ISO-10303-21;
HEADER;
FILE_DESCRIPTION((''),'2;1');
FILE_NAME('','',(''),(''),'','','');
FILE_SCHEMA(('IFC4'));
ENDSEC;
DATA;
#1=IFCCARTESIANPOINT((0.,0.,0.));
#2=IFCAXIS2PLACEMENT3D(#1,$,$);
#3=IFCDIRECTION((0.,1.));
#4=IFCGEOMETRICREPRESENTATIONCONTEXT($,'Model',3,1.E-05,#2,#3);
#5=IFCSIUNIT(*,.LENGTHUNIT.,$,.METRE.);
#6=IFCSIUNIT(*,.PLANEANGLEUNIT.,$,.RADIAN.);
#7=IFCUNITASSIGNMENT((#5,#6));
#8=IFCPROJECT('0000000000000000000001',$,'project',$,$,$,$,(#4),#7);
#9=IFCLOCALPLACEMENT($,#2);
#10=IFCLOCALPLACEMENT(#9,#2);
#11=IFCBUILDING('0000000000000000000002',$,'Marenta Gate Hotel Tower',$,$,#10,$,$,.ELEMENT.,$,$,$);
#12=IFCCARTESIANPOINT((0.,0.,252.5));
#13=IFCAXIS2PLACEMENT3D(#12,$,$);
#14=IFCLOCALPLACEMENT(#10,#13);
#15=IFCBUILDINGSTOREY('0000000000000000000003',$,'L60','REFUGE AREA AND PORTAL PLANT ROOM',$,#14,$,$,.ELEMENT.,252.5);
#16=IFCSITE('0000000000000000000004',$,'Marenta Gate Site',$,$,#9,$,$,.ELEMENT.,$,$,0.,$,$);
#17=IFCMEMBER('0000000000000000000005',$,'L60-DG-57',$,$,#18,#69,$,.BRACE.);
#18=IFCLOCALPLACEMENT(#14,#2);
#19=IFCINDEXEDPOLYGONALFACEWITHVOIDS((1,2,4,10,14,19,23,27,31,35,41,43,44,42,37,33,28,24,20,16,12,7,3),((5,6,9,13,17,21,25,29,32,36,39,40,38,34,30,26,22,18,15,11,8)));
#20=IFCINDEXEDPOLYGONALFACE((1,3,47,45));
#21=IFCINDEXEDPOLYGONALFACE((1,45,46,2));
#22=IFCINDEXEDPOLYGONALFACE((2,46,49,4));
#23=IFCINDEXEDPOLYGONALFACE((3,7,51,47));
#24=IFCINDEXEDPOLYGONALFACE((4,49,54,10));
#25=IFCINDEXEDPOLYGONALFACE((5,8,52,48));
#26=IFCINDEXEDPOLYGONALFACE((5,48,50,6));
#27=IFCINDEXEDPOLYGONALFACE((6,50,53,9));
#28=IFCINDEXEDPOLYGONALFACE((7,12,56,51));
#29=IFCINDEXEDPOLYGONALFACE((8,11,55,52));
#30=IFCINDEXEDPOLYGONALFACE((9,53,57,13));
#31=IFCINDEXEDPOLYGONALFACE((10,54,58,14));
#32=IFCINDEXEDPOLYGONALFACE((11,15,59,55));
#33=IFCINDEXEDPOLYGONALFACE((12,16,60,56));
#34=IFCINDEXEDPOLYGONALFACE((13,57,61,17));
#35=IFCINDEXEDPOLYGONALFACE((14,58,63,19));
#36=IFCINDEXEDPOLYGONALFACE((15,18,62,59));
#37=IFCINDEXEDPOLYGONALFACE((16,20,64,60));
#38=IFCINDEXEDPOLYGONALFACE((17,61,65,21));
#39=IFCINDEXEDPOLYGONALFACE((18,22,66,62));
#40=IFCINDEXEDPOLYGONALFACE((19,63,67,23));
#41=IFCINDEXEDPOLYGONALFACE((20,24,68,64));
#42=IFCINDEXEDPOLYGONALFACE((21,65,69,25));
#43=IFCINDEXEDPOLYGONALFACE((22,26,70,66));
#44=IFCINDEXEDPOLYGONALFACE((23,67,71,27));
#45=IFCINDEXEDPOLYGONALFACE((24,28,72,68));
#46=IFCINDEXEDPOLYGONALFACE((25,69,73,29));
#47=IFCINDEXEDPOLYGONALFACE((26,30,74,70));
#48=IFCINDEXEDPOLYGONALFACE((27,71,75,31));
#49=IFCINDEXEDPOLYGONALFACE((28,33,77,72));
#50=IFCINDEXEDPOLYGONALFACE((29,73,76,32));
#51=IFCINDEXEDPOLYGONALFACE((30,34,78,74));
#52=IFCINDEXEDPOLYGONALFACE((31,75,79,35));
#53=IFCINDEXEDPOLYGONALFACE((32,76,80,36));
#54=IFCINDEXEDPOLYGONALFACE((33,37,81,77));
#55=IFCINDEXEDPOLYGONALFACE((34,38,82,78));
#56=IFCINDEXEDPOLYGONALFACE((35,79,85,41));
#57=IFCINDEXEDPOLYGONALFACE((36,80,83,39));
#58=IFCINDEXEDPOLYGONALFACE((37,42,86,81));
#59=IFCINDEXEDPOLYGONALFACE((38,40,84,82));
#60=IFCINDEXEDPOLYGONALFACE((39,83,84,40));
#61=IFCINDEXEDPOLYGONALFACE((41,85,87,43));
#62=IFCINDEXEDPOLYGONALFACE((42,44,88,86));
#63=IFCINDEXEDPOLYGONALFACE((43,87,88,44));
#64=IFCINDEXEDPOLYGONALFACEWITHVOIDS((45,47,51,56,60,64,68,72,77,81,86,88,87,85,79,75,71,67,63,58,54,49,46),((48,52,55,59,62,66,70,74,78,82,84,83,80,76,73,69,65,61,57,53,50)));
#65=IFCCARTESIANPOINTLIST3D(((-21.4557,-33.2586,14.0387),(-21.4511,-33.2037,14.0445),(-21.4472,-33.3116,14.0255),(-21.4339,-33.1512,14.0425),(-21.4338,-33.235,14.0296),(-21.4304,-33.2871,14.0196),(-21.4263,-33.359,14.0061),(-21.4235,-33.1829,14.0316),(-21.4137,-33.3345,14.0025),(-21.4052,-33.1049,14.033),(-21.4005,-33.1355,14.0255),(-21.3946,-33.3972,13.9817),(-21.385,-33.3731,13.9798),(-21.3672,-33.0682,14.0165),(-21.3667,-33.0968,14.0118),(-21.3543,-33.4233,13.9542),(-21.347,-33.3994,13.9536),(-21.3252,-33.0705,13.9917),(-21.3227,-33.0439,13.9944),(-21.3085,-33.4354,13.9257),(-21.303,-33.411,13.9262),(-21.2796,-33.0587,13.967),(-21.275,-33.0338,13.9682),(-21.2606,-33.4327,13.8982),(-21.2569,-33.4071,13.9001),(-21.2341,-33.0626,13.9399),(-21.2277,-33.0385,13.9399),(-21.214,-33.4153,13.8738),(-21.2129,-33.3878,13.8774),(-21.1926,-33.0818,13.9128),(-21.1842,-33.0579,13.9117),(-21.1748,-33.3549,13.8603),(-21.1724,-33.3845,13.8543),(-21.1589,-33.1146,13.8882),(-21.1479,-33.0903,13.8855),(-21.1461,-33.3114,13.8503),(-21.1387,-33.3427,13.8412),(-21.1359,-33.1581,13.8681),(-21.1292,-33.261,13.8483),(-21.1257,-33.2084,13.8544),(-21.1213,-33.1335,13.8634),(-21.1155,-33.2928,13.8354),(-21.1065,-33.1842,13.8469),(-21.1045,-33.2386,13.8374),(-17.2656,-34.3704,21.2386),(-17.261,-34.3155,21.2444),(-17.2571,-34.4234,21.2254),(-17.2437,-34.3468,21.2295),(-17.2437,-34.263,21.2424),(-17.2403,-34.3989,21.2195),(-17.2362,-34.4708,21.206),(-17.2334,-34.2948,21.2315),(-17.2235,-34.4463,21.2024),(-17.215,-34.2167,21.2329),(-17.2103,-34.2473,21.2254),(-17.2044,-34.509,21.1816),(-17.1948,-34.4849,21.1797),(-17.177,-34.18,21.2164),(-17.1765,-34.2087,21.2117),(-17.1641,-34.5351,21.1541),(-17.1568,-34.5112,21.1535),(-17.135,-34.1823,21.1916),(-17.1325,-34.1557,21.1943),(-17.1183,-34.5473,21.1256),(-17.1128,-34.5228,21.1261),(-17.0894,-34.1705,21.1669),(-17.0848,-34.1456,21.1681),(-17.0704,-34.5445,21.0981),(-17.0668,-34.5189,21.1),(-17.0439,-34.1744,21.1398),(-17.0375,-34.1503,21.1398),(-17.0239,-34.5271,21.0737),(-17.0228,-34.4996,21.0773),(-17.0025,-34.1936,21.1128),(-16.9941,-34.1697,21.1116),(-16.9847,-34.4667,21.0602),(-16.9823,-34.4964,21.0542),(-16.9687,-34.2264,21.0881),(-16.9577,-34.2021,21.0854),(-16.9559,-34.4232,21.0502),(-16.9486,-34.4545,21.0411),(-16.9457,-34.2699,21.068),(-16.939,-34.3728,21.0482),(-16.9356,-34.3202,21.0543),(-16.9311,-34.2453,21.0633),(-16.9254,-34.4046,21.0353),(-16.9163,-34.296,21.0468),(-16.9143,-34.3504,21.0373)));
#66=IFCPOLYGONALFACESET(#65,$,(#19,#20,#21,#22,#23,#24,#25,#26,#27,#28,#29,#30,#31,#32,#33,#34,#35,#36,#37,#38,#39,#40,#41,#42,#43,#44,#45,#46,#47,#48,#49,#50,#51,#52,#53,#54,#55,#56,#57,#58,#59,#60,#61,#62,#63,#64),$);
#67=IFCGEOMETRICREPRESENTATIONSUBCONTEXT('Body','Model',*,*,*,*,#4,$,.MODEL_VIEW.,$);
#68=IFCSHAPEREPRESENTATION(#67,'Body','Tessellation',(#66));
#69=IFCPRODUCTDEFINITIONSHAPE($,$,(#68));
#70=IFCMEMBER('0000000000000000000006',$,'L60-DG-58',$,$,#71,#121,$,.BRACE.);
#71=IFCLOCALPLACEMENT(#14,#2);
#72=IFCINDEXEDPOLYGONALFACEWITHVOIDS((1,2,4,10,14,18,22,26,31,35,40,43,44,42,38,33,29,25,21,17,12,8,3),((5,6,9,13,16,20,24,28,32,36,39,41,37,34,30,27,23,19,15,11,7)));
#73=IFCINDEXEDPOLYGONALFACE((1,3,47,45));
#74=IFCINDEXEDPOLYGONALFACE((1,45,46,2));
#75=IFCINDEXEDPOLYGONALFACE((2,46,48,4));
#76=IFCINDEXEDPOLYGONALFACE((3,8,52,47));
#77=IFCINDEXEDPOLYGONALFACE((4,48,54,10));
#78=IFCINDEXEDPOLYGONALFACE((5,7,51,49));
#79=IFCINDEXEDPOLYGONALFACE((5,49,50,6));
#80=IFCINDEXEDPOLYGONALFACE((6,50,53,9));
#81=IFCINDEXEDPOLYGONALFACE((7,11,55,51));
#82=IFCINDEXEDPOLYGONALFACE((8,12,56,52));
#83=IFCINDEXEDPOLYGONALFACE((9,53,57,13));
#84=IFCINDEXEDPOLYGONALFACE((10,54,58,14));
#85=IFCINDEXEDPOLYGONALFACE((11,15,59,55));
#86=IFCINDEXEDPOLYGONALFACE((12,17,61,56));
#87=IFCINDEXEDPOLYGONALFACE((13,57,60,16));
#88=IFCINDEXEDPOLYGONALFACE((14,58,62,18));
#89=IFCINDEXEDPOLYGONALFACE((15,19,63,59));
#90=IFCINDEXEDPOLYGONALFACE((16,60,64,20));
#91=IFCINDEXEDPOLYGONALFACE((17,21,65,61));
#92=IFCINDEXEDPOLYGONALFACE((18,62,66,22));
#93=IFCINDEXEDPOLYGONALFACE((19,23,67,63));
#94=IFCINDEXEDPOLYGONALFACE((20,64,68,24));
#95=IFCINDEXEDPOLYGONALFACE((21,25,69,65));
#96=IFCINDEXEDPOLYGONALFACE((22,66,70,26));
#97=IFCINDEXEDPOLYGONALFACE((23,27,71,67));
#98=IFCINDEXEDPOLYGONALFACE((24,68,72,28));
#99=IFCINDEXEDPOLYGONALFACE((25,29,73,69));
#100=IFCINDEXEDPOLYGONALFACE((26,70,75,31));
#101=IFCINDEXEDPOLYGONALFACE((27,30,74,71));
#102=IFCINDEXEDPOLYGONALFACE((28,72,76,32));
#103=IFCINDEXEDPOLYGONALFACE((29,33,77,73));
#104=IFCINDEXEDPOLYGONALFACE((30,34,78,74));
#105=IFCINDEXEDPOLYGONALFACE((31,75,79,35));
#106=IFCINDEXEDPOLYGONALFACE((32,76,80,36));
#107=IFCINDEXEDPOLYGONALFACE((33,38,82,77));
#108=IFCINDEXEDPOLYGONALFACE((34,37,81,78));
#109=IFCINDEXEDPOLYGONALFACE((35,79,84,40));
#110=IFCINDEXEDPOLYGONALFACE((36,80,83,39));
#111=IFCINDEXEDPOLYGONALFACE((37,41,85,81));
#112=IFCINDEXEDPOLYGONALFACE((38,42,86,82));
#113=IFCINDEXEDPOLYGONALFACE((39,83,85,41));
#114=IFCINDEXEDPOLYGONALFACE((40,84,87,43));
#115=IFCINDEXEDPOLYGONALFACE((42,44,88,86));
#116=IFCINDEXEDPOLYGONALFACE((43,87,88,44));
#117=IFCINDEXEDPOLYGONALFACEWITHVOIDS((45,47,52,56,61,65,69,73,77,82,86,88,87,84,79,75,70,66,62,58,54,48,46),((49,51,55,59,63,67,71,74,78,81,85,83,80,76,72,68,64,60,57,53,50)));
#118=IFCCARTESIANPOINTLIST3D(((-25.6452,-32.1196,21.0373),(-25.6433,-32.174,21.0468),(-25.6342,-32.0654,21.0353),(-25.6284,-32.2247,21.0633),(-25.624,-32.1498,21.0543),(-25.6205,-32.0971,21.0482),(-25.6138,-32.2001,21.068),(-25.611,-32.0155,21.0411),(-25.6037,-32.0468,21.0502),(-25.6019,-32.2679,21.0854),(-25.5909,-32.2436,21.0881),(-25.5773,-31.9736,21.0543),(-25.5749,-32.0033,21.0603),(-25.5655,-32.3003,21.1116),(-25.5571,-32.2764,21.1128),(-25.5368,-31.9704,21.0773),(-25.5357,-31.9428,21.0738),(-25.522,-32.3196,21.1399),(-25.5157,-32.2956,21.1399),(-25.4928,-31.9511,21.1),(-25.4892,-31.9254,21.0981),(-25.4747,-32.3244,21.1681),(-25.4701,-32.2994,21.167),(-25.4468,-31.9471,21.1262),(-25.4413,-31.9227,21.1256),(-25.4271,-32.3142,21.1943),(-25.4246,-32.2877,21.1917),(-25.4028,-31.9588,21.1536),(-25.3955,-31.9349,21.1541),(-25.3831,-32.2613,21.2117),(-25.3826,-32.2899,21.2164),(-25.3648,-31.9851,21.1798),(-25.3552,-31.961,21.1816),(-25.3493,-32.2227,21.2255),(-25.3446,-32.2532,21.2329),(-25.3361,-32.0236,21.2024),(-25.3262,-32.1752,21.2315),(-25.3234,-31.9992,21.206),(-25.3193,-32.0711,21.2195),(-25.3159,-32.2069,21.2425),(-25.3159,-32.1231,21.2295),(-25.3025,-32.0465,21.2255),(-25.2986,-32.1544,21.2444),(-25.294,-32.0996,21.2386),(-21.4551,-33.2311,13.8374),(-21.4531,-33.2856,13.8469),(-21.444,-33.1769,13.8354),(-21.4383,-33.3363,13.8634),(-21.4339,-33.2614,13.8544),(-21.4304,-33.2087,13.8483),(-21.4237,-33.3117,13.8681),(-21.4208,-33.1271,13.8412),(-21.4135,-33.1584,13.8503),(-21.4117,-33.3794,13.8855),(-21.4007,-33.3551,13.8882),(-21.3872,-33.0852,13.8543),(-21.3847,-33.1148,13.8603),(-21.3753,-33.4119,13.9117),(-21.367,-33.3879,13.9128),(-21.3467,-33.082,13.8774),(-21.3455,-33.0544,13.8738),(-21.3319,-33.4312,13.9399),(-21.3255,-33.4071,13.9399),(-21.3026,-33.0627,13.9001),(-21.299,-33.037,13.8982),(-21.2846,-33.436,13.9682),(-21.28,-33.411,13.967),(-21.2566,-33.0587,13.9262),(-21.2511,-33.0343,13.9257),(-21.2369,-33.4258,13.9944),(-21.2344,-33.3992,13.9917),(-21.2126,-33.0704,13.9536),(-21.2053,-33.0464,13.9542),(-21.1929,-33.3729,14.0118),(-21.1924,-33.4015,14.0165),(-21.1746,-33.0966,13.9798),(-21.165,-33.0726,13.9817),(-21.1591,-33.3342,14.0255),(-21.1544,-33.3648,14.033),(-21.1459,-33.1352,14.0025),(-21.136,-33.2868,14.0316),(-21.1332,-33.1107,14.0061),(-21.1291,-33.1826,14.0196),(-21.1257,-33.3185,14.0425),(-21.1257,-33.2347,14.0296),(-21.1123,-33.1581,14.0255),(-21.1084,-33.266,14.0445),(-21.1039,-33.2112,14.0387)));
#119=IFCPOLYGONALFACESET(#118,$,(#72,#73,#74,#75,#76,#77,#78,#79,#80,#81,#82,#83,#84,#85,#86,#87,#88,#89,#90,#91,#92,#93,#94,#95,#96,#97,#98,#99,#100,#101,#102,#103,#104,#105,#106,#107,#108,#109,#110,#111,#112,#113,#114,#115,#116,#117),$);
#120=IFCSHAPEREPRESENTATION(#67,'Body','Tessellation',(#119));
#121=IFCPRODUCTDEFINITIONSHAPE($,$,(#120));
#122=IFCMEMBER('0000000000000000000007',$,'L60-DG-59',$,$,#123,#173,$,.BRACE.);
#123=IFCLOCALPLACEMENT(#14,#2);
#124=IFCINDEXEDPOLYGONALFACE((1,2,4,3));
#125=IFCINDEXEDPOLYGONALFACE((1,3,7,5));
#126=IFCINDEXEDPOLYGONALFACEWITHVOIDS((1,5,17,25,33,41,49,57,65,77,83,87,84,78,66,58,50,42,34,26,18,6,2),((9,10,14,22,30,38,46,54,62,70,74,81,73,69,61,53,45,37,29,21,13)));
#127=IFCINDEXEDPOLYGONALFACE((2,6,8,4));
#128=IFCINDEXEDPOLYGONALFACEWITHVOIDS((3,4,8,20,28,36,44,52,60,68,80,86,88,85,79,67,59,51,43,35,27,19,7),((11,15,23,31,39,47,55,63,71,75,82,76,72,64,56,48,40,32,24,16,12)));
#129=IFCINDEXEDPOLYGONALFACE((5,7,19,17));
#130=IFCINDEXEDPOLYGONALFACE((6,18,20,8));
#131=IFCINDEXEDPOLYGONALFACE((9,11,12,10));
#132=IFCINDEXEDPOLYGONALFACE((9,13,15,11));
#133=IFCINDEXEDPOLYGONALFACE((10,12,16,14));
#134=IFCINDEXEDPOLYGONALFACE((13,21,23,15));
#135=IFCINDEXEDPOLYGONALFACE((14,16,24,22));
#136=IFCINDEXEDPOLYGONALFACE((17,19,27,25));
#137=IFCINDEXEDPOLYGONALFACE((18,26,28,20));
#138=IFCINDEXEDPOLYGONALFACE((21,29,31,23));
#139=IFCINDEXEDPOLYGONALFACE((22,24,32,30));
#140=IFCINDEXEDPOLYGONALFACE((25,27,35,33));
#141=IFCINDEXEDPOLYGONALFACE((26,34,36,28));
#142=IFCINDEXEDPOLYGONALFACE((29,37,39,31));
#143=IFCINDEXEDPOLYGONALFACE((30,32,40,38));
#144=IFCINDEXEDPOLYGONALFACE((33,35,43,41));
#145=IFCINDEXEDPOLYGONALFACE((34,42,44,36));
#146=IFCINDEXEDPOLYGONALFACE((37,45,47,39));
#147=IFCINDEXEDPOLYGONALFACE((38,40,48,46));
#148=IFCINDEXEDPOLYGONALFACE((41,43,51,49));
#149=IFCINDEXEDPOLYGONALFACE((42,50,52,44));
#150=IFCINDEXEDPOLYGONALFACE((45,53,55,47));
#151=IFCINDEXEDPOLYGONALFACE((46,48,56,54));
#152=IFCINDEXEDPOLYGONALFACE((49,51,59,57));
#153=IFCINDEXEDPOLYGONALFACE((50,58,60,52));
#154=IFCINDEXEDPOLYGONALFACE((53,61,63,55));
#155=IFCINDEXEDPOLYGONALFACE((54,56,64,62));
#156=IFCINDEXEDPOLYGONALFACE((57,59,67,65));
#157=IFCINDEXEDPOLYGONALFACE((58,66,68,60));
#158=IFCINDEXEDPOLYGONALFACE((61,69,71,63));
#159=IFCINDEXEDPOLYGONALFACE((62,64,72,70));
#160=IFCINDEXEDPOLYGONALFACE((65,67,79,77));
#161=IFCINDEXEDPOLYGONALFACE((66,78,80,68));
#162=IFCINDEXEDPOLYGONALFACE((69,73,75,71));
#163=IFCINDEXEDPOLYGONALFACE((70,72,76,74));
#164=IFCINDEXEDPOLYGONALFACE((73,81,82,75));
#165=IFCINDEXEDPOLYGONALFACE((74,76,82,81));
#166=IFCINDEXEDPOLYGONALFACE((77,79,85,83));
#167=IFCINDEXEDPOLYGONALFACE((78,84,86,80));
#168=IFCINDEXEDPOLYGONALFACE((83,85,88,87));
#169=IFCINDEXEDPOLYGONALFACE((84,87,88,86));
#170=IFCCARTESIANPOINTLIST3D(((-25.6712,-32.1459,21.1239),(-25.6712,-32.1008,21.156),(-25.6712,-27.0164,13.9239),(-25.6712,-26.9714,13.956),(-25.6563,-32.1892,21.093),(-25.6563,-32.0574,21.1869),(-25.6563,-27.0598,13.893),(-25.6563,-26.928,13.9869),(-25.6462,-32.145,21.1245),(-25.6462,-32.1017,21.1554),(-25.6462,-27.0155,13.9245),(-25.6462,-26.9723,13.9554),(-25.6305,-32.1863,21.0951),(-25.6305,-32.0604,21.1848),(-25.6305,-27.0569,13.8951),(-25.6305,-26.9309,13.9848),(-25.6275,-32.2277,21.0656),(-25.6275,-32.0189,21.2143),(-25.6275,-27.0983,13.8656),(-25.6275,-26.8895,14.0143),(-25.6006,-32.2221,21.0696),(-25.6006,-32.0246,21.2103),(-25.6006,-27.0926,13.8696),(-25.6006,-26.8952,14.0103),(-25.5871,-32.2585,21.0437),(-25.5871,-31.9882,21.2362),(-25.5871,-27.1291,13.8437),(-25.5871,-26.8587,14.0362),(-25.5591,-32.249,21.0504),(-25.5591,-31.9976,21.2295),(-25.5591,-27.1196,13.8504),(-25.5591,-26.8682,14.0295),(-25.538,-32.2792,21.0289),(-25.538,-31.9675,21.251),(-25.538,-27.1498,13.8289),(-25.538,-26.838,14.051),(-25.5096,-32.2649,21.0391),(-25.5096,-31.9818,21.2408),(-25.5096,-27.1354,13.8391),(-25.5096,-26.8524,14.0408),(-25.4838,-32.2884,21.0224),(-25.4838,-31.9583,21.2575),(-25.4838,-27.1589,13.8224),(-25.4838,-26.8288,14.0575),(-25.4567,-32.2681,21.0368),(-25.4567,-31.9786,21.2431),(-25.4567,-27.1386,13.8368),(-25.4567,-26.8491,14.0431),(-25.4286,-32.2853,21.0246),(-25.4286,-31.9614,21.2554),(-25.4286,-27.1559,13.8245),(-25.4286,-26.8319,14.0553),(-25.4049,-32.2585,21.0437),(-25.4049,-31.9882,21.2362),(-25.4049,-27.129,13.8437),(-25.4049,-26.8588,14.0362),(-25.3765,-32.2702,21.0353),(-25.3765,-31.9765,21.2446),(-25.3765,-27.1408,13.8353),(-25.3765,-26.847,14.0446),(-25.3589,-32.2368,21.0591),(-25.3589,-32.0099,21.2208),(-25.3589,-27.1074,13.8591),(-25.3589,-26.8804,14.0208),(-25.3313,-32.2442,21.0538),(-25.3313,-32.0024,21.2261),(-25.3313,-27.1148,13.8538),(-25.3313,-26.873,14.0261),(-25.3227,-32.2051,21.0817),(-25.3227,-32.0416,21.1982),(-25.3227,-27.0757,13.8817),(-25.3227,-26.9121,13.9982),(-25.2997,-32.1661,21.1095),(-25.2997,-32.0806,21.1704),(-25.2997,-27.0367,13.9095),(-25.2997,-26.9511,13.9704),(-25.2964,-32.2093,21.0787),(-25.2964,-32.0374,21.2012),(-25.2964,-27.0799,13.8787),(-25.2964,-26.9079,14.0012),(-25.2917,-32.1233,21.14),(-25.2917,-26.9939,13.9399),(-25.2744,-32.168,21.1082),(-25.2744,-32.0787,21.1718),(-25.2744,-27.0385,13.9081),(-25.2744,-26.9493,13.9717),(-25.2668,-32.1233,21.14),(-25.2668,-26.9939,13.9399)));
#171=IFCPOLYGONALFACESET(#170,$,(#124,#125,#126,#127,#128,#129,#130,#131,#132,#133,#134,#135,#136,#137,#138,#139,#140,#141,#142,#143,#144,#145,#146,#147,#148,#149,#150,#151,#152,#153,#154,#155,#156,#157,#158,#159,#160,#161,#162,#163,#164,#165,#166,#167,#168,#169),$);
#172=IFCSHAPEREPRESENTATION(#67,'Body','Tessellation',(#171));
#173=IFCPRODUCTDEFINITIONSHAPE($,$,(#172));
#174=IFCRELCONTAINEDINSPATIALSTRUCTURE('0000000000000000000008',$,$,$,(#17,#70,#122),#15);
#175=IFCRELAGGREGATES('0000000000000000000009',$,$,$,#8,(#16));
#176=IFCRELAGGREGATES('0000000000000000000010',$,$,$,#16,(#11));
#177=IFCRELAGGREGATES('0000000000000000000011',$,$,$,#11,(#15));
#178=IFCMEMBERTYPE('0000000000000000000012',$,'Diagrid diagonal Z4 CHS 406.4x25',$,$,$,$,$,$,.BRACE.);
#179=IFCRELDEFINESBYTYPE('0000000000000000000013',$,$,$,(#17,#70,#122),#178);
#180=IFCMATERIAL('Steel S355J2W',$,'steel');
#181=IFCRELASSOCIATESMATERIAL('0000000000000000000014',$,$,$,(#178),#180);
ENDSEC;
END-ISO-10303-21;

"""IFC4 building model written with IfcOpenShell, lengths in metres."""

from ifc_helpers import new_model, si_unit, direction, frame, origin, origin_2d, place, context, subcontext, project, spatial, hollow_circle, extrude, material, material_profile, profile_set, type_object, element, save


model = new_model("IFC4")

# Units and contexts
model_context = context("Model", 3, precision=1e-05, world=origin(), true_north=direction((0.0, 1.0)))
body_context = subcontext(model_context, "Body", "Model", "MODEL_VIEW")
ifc_project = project(units=[si_unit("LENGTHUNIT", "METRE"), si_unit("PLANEANGLEUNIT", "RADIAN")], contexts=[model_context])

# Site, building, storey
site_placement = place(None, origin())
site = spatial("IfcSite", under=ifc_project, at=site_placement, Name="Marenta Gate Site", CompositionType="ELEMENT", RefElevation=0.0)
building_placement = place(site_placement, origin())
building = spatial("IfcBuilding", under=site, at=building_placement, Name="Marenta Gate Hotel Tower", CompositionType="ELEMENT")
storey_placement = place(building_placement, frame((0.0, 0.0, 252.5)))
storey = spatial("IfcBuildingStorey", under=building, at=storey_placement, Name="L60", Description="REFUGE AREA AND PORTAL PLANT ROOM", CompositionType="ELEMENT", Elevation=252.5)

# Members
ifc_material_1 = material(Name="Steel S355J2W", Category="steel")
ifc_material_profile_1 = material_profile(ifc_material_1, hollow_circle(Radius=0.2031, WallThickness=0.0249, at=origin_2d()), Name="CHS 406.4x25")
ifc_profile_set_1 = profile_set([ifc_material_profile_1], Name="Steel S355J2W")
member_type_1 = type_object("IfcMemberType", Name="Diagrid diagonal Z4 CHS 406.4x25", PredefinedType="BRACE", material=ifc_profile_set_1)
for number, where, z_axis, x_axis, name in (
    (1, (-21.2798, -33.2349, 13.9399), (0.498573, -0.132291, 0.856693), (0.256464, 0.966554, 0.0), "L60-DG-57"),
    (2, (-21.2798, -33.2349, 13.9399), (-0.498575, 0.132262, 0.856697), (-0.256411, -0.966568, 0.0), "L60-DG-58"),
):
    element("IfcMember", number, at=place(storey_placement, frame(where, z_axis=z_axis, x_axis=x_axis)), inside=storey, type_object=member_type_1, Name=name, PredefinedType="BRACE", context=body_context, shape_type="SweptSolid", body=[
        extrude(hollow_circle(Radius=0.2031, WallThickness=0.0249, at=origin_2d()), origin(), (0.0, 0.0, 1.0), 8.4043),
    ])
for number, where, z_axis, x_axis, name in (
    (3, (-25.47, -26.9939, 13.9399), (0.0, -0.580232, 0.814451), (1.0, 0.0, 0.0), "L60-DG-59"),
):
    element("IfcMember", number, at=place(storey_placement, frame(where, z_axis=z_axis, x_axis=x_axis)), inside=storey, type_object=member_type_1, Name=name, PredefinedType="BRACE", context=body_context, shape_type="SweptSolid", body=[
        extrude(hollow_circle(Radius=0.2031, WallThickness=0.0249, at=origin_2d()), origin(), (0.0, 0.0, 1.0), 8.8403),
    ])

save(model, "model.ifc")
